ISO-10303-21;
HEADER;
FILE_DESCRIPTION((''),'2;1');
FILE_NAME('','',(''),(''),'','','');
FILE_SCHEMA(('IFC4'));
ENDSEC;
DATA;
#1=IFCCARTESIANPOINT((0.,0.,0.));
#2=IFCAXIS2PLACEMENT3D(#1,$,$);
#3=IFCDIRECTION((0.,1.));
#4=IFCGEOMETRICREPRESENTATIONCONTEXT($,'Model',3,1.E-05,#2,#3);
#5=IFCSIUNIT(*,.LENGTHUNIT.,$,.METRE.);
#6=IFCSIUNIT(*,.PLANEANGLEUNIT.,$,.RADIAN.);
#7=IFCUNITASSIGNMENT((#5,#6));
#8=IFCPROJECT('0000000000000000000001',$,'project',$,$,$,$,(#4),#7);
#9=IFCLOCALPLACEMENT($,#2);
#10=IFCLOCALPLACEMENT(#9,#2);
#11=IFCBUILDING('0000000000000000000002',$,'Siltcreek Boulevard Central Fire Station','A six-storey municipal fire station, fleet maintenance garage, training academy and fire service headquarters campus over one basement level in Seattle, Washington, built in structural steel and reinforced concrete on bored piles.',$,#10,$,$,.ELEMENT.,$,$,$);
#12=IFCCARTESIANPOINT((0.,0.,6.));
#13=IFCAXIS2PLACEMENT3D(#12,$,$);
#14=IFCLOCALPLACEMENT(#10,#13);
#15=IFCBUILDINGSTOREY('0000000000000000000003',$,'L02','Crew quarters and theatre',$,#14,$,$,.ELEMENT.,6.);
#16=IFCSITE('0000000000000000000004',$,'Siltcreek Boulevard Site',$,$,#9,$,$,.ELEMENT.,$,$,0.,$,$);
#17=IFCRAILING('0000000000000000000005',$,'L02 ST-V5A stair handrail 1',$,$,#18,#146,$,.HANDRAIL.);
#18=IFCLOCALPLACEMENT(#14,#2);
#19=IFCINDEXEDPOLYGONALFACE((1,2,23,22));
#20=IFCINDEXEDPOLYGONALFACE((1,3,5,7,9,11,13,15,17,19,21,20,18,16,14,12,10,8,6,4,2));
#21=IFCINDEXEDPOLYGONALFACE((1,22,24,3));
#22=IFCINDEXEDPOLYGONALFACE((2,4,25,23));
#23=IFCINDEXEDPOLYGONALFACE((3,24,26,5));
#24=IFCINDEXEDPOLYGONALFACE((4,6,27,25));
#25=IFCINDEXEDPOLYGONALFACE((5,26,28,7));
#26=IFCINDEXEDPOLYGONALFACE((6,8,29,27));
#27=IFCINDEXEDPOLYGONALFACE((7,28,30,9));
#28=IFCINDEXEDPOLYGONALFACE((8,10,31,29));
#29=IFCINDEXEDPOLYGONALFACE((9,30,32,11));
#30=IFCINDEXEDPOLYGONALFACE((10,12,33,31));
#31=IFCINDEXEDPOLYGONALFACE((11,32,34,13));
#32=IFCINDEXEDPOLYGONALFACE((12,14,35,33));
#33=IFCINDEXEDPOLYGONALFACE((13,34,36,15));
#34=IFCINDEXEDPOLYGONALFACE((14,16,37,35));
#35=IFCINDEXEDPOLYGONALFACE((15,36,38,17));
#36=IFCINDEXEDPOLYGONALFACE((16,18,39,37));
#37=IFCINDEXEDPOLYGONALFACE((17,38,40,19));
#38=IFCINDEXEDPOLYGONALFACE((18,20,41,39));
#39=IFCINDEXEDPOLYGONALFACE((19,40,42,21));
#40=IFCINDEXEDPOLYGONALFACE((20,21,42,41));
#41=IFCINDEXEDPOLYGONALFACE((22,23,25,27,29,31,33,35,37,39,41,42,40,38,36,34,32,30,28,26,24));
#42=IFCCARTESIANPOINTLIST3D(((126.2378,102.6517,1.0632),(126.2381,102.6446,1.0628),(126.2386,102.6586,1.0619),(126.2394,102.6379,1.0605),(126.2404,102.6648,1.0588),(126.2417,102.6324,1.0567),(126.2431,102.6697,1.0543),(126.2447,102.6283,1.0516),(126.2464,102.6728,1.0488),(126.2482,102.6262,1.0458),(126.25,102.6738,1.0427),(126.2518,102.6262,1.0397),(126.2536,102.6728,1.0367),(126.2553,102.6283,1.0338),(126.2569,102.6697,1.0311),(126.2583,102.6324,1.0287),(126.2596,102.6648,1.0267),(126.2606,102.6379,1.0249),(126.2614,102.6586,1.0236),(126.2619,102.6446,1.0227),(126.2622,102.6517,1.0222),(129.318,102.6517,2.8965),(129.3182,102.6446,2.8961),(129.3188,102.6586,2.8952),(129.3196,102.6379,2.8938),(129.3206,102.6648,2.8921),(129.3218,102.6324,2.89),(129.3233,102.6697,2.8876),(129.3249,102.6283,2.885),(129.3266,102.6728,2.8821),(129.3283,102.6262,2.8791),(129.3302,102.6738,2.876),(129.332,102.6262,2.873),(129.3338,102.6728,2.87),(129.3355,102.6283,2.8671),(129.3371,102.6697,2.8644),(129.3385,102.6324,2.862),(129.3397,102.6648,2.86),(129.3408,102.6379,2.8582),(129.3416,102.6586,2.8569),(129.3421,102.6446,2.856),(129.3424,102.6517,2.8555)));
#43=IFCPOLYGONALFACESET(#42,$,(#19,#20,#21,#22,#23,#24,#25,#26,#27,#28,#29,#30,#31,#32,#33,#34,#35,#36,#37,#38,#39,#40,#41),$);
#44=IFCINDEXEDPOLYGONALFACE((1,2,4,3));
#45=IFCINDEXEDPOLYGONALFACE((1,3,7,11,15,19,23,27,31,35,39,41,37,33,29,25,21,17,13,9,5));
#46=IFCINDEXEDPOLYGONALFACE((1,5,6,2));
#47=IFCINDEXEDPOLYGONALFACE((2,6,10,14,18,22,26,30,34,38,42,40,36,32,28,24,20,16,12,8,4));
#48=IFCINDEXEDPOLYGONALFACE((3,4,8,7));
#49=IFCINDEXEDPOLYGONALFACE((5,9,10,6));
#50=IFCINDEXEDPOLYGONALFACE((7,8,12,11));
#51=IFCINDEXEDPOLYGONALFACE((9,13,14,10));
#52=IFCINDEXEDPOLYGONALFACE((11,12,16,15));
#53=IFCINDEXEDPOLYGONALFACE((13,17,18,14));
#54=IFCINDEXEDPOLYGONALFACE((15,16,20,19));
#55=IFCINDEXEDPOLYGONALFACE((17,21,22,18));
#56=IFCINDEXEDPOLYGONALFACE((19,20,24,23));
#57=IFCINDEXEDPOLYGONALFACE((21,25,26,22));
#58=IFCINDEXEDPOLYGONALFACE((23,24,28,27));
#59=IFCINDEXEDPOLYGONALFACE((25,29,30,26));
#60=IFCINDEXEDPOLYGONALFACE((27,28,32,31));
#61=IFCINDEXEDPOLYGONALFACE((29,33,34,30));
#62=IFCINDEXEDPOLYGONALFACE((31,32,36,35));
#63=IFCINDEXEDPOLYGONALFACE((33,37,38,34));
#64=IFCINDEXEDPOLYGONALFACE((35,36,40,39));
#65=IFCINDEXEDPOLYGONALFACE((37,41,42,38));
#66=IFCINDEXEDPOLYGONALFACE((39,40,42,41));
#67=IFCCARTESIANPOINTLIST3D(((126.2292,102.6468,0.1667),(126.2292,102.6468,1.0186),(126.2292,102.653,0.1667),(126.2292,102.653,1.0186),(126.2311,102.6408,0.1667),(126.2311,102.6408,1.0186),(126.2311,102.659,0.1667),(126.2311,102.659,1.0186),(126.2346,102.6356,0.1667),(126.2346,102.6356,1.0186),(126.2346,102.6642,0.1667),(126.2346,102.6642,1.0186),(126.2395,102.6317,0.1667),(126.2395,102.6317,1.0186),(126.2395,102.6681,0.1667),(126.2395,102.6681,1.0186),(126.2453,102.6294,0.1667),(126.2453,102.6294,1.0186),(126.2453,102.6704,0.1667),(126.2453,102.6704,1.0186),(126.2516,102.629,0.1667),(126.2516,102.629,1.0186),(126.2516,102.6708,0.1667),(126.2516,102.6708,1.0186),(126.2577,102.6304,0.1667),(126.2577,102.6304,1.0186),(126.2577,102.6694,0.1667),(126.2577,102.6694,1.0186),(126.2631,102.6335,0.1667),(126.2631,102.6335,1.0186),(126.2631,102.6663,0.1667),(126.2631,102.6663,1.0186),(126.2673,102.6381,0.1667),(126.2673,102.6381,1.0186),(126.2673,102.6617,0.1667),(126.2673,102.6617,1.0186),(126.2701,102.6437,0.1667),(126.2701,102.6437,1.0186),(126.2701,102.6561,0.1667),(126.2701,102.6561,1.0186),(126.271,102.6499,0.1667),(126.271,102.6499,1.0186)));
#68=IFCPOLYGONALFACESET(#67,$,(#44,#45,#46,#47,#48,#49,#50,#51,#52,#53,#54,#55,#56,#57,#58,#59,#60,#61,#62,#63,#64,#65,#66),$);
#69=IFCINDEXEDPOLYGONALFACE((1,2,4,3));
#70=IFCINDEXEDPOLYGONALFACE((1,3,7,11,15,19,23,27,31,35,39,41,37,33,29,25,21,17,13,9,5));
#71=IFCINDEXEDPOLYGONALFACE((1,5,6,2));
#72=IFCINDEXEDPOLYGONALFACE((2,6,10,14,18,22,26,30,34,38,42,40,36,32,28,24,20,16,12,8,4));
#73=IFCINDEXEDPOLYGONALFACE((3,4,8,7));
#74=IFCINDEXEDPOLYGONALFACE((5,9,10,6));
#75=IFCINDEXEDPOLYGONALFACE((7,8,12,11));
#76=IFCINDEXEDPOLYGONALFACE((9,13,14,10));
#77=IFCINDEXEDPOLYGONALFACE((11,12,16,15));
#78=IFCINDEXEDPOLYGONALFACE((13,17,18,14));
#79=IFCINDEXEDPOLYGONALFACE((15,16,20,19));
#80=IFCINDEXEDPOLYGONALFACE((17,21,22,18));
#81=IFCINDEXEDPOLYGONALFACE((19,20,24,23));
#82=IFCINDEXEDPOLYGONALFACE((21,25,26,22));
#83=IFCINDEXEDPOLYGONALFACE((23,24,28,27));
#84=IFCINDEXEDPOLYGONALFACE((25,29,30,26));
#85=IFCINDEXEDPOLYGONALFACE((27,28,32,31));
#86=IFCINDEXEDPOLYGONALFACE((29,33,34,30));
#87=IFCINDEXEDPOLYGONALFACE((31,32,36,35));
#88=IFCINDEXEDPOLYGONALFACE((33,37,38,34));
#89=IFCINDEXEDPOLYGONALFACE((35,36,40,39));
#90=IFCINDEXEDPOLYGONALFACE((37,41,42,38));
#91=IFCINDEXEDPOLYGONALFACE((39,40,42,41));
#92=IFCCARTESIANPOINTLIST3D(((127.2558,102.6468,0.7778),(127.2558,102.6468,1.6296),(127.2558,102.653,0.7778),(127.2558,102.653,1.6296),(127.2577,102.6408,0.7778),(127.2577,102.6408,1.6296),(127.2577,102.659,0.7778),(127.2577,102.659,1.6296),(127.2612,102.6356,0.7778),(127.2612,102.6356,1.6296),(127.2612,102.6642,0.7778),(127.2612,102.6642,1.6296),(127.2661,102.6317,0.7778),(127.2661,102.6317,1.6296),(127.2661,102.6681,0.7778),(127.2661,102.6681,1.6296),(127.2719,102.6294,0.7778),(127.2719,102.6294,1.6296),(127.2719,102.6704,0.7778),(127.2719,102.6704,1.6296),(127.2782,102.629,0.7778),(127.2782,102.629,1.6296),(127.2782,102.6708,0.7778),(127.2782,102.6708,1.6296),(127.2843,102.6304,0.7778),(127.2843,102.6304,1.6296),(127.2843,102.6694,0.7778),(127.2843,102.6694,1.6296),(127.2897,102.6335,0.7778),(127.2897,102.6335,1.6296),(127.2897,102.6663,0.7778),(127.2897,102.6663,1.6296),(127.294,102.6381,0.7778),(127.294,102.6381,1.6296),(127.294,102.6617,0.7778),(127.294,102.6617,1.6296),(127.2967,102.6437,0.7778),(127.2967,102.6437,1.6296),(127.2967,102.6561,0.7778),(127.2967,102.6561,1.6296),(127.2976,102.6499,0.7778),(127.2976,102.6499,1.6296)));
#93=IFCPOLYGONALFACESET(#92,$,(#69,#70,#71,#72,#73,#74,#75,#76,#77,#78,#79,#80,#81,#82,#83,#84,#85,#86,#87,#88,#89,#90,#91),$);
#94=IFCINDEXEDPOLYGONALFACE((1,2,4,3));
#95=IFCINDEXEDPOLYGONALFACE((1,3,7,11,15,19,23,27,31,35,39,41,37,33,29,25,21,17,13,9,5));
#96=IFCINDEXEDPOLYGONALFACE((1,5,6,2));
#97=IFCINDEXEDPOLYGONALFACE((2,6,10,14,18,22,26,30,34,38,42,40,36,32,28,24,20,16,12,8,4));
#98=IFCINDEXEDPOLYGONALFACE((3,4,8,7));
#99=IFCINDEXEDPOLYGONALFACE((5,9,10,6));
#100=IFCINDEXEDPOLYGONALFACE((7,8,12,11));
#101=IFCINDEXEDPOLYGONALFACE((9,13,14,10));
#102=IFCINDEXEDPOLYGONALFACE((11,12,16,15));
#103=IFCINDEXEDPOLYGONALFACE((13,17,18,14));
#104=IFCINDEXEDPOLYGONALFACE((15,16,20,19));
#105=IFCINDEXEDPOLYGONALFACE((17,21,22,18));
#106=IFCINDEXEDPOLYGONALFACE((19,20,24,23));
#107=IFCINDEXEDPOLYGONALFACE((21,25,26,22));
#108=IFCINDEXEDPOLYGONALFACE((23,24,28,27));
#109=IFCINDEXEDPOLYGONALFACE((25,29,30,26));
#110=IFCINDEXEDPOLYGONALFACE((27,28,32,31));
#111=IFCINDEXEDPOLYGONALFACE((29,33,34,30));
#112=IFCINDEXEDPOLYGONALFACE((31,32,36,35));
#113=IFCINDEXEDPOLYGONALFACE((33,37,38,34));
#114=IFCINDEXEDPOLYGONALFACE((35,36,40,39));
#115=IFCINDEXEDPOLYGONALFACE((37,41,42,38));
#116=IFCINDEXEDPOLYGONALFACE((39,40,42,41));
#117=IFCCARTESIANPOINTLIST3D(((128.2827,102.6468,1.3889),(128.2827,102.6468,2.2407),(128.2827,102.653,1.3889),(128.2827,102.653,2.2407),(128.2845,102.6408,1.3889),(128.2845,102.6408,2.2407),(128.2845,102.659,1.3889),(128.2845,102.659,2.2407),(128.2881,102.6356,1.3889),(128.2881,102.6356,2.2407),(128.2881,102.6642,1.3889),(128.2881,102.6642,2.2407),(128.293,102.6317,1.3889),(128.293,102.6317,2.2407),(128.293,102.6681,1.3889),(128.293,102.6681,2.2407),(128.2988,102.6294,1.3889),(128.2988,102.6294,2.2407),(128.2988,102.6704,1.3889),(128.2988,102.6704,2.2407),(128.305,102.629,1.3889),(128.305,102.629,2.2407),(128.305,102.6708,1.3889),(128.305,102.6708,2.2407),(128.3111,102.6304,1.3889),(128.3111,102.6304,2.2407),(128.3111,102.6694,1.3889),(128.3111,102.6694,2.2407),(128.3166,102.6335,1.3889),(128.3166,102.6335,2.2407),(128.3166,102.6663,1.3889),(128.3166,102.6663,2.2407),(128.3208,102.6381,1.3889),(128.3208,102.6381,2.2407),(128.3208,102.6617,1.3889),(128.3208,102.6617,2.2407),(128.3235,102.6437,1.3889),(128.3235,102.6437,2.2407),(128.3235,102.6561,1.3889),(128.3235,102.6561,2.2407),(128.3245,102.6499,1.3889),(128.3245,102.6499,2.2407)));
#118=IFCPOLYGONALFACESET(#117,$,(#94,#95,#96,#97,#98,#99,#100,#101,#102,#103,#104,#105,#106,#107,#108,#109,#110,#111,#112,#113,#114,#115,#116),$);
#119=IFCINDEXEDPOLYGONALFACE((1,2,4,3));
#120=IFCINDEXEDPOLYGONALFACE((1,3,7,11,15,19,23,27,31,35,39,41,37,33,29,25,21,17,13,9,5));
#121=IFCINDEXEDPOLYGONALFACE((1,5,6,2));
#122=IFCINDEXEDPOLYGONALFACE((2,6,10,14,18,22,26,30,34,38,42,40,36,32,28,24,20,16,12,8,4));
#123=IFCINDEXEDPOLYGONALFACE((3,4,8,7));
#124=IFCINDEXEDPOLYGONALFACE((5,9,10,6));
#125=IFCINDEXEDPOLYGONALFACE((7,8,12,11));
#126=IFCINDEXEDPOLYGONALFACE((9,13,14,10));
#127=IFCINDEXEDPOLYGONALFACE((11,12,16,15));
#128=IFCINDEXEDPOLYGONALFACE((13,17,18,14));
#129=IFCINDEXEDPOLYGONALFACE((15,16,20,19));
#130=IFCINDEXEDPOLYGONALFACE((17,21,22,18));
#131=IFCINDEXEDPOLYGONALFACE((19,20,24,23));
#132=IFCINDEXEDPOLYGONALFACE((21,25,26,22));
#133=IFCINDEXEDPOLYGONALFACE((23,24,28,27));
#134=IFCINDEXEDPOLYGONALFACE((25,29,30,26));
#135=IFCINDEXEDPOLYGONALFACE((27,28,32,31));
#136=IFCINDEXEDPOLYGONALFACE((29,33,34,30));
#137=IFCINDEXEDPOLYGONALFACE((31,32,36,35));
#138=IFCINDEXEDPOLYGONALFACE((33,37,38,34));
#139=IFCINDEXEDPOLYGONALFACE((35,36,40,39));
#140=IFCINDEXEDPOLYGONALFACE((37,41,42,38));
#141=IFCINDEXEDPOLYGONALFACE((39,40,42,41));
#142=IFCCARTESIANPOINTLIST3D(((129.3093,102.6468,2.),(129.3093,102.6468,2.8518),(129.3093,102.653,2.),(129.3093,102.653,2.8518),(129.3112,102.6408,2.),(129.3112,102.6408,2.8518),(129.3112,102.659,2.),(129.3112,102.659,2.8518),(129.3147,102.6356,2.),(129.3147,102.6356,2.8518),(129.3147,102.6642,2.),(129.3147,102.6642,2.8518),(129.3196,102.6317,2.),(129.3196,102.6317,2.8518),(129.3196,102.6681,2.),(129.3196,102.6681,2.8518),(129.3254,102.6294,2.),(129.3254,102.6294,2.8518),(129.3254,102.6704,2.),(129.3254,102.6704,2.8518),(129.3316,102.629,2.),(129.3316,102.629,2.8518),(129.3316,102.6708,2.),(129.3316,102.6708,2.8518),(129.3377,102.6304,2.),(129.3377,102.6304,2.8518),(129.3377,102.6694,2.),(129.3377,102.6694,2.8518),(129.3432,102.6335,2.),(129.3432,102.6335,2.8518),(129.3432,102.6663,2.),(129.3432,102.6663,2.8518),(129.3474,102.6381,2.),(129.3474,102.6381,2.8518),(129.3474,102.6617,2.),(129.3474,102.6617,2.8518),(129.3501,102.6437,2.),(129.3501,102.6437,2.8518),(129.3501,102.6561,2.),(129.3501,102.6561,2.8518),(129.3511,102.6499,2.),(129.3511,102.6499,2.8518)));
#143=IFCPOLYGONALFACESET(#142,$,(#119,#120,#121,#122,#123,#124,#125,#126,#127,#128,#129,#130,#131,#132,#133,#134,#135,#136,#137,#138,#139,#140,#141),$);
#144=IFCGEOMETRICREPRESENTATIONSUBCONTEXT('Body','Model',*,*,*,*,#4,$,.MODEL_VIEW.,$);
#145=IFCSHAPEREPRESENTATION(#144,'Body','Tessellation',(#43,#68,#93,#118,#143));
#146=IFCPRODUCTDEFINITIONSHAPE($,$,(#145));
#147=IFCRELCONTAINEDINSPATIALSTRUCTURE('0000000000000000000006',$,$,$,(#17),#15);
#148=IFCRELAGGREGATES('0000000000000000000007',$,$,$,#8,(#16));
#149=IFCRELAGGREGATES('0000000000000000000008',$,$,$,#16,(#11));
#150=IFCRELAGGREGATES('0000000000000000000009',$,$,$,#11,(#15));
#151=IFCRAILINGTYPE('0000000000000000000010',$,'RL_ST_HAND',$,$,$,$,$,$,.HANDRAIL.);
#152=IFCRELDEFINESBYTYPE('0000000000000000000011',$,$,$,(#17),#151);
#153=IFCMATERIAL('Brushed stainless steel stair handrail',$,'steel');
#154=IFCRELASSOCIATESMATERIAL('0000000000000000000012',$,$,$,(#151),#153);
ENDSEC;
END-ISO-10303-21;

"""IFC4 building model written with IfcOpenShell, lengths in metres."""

from ifc_helpers import new_model, si_unit, direction, frame, origin, origin_2d, place, context, subcontext, project, spatial, circle, extrude, material, type_object, element, save


model = new_model("IFC4")

# Units and contexts
model_context = context("Model", 3, precision=1e-05, world=origin(), true_north=direction((0.0, 1.0)))
body_context = subcontext(model_context, "Body", "Model", "MODEL_VIEW")
ifc_project = project(units=[si_unit("LENGTHUNIT", "METRE"), si_unit("PLANEANGLEUNIT", "RADIAN")], contexts=[model_context])

# Site, building, storey
site_placement = place(None, origin())
site = spatial("IfcSite", under=ifc_project, at=site_placement, Name="Siltcreek Boulevard Site", CompositionType="ELEMENT", RefElevation=0.0)
building_placement = place(site_placement, origin())
building = spatial("IfcBuilding", under=site, at=building_placement, Name="Siltcreek Boulevard Central Fire Station", Description="A six-storey municipal fire station, fleet maintenance garage, training academy and fire service headquarters campus over one basement level in Seattle, Washington, built in structural steel and reinforced concrete on bored piles.", CompositionType="ELEMENT")
storey_placement = place(building_placement, frame((0.0, 0.0, 6.0)))
storey = spatial("IfcBuildingStorey", under=building, at=storey_placement, Name="L02", Description="Crew quarters and theatre", CompositionType="ELEMENT", Elevation=6.0)

# Railing
ifc_material_1 = material(Name="Brushed stainless steel stair handrail", Category="steel")
railing_type_1 = type_object("IfcRailingType", Name="RL_ST_HAND", PredefinedType="HANDRAIL", material=ifc_material_1)
railing_1_placement = place(storey_placement, frame((126.25, 102.6499, 0.1667)))
element("IfcRailing", 1, at=railing_1_placement, inside=storey, type_object=railing_type_1, Name="L02 ST-V5A stair handrail 1", PredefinedType="HANDRAIL", context=body_context, shape_type="SweptSolid", body=[
    extrude(circle(Radius=0.0239, at=origin_2d()), frame((0.0, 0.0, 0.876), z_axis=(0.859309, 0.0, 0.511458), x_axis=(0.0, 1.0, 0.0)), (0.0, 0.0, 1.0), 3.5845),
    extrude(circle(Radius=0.021, at=origin_2d()), origin(), (0.0, 0.0, 1.0), 0.8518),
    extrude(circle(Radius=0.021, at=origin_2d()), frame((1.0266, 0.0, 0.6111)), (0.0, 0.0, 1.0), 0.8518),
    extrude(circle(Radius=0.021, at=origin_2d()), frame((2.0535, 0.0, 1.2222)), (0.0, 0.0, 1.0), 0.8518),
    extrude(circle(Radius=0.021, at=origin_2d()), frame((3.0801, 0.0, 1.8333)), (0.0, 0.0, 1.0), 0.8518),
])

save(model, "model.ifc")
